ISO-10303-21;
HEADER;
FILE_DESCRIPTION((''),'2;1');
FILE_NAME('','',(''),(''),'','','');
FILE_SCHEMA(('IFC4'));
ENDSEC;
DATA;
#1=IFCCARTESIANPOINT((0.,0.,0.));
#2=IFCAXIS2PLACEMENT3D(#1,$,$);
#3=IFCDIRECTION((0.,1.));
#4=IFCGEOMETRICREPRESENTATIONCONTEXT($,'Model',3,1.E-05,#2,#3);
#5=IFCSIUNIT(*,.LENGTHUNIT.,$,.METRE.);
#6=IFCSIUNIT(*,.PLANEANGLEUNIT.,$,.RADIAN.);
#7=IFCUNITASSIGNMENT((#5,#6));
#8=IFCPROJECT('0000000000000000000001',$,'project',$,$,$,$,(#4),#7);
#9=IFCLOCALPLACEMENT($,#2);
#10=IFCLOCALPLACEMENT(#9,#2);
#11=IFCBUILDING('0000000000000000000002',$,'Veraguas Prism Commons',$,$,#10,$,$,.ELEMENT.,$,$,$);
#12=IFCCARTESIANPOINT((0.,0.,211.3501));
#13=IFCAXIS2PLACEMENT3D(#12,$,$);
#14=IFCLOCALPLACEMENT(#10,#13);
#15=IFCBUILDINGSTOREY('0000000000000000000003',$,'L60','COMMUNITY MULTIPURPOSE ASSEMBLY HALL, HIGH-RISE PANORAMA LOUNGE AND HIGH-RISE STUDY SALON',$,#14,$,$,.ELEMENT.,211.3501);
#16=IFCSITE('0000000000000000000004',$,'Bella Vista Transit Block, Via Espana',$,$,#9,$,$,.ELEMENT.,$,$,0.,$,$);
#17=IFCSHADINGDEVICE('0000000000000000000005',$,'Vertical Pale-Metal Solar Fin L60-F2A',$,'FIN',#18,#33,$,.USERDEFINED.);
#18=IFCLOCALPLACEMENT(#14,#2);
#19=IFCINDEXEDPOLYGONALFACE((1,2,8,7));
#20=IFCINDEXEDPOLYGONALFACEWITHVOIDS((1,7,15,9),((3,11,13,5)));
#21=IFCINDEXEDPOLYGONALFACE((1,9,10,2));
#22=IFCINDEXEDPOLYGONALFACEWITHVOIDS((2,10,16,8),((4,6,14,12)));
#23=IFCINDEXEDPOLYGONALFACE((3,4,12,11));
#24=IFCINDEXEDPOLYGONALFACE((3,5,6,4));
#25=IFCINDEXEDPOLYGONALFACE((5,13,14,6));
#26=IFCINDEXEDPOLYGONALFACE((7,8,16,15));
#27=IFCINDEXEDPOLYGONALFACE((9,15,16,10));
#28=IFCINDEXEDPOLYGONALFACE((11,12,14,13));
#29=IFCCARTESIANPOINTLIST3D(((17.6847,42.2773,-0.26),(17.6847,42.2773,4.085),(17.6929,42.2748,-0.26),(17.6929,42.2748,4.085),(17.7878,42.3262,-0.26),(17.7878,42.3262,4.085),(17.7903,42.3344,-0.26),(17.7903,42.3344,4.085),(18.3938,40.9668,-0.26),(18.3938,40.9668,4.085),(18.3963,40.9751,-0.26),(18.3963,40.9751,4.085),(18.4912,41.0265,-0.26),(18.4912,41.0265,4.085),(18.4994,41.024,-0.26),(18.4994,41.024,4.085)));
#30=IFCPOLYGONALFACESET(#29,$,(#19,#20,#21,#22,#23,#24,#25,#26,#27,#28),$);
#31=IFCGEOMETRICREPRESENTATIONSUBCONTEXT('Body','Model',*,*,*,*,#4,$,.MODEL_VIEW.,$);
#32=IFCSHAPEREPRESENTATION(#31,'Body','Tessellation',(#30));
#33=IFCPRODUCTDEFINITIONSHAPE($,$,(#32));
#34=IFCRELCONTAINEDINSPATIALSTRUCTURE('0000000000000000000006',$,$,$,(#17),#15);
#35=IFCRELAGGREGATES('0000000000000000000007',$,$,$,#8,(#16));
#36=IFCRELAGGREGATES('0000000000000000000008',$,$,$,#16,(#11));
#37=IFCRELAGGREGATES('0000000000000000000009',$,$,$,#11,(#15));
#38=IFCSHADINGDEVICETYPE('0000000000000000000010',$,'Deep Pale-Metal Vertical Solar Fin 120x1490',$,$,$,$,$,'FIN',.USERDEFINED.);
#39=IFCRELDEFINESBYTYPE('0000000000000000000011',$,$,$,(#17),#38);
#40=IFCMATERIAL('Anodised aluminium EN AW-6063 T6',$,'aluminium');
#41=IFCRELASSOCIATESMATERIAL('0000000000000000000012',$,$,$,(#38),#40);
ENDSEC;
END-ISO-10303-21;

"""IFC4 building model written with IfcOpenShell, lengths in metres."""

from ifc_helpers import new_model, si_unit, direction, frame, origin, origin_2d, place, context, subcontext, project, spatial, hollow_rectangle, extrude, material, material_profile, profile_set, type_object, element, save


model = new_model("IFC4")

# Units and contexts
model_context = context("Model", 3, precision=1e-05, world=origin(), true_north=direction((0.0, 1.0)))
body_context = subcontext(model_context, "Body", "Model", "MODEL_VIEW")
ifc_project = project(units=[si_unit("LENGTHUNIT", "METRE"), si_unit("PLANEANGLEUNIT", "RADIAN")], contexts=[model_context])

# Site, building, storey
site_placement = place(None, origin())
site = spatial("IfcSite", under=ifc_project, at=site_placement, Name="Bella Vista Transit Block, Via Espana", CompositionType="ELEMENT", RefElevation=0.0)
building_placement = place(site_placement, origin())
building = spatial("IfcBuilding", under=site, at=building_placement, Name="Veraguas Prism Commons", CompositionType="ELEMENT")
storey_placement = place(building_placement, frame((0.0, 0.0, 211.3501)))
storey = spatial("IfcBuildingStorey", under=building, at=storey_placement, Name="L60", Description="COMMUNITY MULTIPURPOSE ASSEMBLY HALL, HIGH-RISE PANORAMA LOUNGE AND HIGH-RISE STUDY SALON", CompositionType="ELEMENT", Elevation=211.3501)

# Shared definitions
ifc_material_1 = material(Name="Anodised aluminium EN AW-6063 T6", Category="aluminium")

# Shading device
ifc_material_profile_1 = material_profile(ifc_material_1, hollow_rectangle(XDim=0.1201, YDim=1.49, WallThickness=0.0061, at=origin_2d()), Name="FIN120X1490X6")
ifc_profile_set_1 = profile_set([ifc_material_profile_1], Name="Anodised aluminium EN AW-6063 T6")
shading_device_type = type_object("IfcShadingDeviceType", Name="Deep Pale-Metal Vertical Solar Fin 120x1490", ElementType="FIN", PredefinedType="USERDEFINED", material=ifc_profile_set_1)
shading_device_placement = place(storey_placement, frame((18.092, 41.6506, -0.26), z_axis=(0.0, 0.0, 1.0), x_axis=(-0.879482, -0.475931, 0.0)))
element("IfcShadingDevice", 1, at=shading_device_placement, inside=storey, type_object=shading_device_type, Name="Vertical Pale-Metal Solar Fin L60-F2A", ObjectType="FIN", PredefinedType="USERDEFINED", context=body_context, shape_type="SweptSolid", body=[
    extrude(hollow_rectangle(XDim=0.1201, YDim=1.49, WallThickness=0.0061, at=origin_2d()), origin(), (0.0, 0.0, 1.0), 4.345),
])

save(model, "model.ifc")
